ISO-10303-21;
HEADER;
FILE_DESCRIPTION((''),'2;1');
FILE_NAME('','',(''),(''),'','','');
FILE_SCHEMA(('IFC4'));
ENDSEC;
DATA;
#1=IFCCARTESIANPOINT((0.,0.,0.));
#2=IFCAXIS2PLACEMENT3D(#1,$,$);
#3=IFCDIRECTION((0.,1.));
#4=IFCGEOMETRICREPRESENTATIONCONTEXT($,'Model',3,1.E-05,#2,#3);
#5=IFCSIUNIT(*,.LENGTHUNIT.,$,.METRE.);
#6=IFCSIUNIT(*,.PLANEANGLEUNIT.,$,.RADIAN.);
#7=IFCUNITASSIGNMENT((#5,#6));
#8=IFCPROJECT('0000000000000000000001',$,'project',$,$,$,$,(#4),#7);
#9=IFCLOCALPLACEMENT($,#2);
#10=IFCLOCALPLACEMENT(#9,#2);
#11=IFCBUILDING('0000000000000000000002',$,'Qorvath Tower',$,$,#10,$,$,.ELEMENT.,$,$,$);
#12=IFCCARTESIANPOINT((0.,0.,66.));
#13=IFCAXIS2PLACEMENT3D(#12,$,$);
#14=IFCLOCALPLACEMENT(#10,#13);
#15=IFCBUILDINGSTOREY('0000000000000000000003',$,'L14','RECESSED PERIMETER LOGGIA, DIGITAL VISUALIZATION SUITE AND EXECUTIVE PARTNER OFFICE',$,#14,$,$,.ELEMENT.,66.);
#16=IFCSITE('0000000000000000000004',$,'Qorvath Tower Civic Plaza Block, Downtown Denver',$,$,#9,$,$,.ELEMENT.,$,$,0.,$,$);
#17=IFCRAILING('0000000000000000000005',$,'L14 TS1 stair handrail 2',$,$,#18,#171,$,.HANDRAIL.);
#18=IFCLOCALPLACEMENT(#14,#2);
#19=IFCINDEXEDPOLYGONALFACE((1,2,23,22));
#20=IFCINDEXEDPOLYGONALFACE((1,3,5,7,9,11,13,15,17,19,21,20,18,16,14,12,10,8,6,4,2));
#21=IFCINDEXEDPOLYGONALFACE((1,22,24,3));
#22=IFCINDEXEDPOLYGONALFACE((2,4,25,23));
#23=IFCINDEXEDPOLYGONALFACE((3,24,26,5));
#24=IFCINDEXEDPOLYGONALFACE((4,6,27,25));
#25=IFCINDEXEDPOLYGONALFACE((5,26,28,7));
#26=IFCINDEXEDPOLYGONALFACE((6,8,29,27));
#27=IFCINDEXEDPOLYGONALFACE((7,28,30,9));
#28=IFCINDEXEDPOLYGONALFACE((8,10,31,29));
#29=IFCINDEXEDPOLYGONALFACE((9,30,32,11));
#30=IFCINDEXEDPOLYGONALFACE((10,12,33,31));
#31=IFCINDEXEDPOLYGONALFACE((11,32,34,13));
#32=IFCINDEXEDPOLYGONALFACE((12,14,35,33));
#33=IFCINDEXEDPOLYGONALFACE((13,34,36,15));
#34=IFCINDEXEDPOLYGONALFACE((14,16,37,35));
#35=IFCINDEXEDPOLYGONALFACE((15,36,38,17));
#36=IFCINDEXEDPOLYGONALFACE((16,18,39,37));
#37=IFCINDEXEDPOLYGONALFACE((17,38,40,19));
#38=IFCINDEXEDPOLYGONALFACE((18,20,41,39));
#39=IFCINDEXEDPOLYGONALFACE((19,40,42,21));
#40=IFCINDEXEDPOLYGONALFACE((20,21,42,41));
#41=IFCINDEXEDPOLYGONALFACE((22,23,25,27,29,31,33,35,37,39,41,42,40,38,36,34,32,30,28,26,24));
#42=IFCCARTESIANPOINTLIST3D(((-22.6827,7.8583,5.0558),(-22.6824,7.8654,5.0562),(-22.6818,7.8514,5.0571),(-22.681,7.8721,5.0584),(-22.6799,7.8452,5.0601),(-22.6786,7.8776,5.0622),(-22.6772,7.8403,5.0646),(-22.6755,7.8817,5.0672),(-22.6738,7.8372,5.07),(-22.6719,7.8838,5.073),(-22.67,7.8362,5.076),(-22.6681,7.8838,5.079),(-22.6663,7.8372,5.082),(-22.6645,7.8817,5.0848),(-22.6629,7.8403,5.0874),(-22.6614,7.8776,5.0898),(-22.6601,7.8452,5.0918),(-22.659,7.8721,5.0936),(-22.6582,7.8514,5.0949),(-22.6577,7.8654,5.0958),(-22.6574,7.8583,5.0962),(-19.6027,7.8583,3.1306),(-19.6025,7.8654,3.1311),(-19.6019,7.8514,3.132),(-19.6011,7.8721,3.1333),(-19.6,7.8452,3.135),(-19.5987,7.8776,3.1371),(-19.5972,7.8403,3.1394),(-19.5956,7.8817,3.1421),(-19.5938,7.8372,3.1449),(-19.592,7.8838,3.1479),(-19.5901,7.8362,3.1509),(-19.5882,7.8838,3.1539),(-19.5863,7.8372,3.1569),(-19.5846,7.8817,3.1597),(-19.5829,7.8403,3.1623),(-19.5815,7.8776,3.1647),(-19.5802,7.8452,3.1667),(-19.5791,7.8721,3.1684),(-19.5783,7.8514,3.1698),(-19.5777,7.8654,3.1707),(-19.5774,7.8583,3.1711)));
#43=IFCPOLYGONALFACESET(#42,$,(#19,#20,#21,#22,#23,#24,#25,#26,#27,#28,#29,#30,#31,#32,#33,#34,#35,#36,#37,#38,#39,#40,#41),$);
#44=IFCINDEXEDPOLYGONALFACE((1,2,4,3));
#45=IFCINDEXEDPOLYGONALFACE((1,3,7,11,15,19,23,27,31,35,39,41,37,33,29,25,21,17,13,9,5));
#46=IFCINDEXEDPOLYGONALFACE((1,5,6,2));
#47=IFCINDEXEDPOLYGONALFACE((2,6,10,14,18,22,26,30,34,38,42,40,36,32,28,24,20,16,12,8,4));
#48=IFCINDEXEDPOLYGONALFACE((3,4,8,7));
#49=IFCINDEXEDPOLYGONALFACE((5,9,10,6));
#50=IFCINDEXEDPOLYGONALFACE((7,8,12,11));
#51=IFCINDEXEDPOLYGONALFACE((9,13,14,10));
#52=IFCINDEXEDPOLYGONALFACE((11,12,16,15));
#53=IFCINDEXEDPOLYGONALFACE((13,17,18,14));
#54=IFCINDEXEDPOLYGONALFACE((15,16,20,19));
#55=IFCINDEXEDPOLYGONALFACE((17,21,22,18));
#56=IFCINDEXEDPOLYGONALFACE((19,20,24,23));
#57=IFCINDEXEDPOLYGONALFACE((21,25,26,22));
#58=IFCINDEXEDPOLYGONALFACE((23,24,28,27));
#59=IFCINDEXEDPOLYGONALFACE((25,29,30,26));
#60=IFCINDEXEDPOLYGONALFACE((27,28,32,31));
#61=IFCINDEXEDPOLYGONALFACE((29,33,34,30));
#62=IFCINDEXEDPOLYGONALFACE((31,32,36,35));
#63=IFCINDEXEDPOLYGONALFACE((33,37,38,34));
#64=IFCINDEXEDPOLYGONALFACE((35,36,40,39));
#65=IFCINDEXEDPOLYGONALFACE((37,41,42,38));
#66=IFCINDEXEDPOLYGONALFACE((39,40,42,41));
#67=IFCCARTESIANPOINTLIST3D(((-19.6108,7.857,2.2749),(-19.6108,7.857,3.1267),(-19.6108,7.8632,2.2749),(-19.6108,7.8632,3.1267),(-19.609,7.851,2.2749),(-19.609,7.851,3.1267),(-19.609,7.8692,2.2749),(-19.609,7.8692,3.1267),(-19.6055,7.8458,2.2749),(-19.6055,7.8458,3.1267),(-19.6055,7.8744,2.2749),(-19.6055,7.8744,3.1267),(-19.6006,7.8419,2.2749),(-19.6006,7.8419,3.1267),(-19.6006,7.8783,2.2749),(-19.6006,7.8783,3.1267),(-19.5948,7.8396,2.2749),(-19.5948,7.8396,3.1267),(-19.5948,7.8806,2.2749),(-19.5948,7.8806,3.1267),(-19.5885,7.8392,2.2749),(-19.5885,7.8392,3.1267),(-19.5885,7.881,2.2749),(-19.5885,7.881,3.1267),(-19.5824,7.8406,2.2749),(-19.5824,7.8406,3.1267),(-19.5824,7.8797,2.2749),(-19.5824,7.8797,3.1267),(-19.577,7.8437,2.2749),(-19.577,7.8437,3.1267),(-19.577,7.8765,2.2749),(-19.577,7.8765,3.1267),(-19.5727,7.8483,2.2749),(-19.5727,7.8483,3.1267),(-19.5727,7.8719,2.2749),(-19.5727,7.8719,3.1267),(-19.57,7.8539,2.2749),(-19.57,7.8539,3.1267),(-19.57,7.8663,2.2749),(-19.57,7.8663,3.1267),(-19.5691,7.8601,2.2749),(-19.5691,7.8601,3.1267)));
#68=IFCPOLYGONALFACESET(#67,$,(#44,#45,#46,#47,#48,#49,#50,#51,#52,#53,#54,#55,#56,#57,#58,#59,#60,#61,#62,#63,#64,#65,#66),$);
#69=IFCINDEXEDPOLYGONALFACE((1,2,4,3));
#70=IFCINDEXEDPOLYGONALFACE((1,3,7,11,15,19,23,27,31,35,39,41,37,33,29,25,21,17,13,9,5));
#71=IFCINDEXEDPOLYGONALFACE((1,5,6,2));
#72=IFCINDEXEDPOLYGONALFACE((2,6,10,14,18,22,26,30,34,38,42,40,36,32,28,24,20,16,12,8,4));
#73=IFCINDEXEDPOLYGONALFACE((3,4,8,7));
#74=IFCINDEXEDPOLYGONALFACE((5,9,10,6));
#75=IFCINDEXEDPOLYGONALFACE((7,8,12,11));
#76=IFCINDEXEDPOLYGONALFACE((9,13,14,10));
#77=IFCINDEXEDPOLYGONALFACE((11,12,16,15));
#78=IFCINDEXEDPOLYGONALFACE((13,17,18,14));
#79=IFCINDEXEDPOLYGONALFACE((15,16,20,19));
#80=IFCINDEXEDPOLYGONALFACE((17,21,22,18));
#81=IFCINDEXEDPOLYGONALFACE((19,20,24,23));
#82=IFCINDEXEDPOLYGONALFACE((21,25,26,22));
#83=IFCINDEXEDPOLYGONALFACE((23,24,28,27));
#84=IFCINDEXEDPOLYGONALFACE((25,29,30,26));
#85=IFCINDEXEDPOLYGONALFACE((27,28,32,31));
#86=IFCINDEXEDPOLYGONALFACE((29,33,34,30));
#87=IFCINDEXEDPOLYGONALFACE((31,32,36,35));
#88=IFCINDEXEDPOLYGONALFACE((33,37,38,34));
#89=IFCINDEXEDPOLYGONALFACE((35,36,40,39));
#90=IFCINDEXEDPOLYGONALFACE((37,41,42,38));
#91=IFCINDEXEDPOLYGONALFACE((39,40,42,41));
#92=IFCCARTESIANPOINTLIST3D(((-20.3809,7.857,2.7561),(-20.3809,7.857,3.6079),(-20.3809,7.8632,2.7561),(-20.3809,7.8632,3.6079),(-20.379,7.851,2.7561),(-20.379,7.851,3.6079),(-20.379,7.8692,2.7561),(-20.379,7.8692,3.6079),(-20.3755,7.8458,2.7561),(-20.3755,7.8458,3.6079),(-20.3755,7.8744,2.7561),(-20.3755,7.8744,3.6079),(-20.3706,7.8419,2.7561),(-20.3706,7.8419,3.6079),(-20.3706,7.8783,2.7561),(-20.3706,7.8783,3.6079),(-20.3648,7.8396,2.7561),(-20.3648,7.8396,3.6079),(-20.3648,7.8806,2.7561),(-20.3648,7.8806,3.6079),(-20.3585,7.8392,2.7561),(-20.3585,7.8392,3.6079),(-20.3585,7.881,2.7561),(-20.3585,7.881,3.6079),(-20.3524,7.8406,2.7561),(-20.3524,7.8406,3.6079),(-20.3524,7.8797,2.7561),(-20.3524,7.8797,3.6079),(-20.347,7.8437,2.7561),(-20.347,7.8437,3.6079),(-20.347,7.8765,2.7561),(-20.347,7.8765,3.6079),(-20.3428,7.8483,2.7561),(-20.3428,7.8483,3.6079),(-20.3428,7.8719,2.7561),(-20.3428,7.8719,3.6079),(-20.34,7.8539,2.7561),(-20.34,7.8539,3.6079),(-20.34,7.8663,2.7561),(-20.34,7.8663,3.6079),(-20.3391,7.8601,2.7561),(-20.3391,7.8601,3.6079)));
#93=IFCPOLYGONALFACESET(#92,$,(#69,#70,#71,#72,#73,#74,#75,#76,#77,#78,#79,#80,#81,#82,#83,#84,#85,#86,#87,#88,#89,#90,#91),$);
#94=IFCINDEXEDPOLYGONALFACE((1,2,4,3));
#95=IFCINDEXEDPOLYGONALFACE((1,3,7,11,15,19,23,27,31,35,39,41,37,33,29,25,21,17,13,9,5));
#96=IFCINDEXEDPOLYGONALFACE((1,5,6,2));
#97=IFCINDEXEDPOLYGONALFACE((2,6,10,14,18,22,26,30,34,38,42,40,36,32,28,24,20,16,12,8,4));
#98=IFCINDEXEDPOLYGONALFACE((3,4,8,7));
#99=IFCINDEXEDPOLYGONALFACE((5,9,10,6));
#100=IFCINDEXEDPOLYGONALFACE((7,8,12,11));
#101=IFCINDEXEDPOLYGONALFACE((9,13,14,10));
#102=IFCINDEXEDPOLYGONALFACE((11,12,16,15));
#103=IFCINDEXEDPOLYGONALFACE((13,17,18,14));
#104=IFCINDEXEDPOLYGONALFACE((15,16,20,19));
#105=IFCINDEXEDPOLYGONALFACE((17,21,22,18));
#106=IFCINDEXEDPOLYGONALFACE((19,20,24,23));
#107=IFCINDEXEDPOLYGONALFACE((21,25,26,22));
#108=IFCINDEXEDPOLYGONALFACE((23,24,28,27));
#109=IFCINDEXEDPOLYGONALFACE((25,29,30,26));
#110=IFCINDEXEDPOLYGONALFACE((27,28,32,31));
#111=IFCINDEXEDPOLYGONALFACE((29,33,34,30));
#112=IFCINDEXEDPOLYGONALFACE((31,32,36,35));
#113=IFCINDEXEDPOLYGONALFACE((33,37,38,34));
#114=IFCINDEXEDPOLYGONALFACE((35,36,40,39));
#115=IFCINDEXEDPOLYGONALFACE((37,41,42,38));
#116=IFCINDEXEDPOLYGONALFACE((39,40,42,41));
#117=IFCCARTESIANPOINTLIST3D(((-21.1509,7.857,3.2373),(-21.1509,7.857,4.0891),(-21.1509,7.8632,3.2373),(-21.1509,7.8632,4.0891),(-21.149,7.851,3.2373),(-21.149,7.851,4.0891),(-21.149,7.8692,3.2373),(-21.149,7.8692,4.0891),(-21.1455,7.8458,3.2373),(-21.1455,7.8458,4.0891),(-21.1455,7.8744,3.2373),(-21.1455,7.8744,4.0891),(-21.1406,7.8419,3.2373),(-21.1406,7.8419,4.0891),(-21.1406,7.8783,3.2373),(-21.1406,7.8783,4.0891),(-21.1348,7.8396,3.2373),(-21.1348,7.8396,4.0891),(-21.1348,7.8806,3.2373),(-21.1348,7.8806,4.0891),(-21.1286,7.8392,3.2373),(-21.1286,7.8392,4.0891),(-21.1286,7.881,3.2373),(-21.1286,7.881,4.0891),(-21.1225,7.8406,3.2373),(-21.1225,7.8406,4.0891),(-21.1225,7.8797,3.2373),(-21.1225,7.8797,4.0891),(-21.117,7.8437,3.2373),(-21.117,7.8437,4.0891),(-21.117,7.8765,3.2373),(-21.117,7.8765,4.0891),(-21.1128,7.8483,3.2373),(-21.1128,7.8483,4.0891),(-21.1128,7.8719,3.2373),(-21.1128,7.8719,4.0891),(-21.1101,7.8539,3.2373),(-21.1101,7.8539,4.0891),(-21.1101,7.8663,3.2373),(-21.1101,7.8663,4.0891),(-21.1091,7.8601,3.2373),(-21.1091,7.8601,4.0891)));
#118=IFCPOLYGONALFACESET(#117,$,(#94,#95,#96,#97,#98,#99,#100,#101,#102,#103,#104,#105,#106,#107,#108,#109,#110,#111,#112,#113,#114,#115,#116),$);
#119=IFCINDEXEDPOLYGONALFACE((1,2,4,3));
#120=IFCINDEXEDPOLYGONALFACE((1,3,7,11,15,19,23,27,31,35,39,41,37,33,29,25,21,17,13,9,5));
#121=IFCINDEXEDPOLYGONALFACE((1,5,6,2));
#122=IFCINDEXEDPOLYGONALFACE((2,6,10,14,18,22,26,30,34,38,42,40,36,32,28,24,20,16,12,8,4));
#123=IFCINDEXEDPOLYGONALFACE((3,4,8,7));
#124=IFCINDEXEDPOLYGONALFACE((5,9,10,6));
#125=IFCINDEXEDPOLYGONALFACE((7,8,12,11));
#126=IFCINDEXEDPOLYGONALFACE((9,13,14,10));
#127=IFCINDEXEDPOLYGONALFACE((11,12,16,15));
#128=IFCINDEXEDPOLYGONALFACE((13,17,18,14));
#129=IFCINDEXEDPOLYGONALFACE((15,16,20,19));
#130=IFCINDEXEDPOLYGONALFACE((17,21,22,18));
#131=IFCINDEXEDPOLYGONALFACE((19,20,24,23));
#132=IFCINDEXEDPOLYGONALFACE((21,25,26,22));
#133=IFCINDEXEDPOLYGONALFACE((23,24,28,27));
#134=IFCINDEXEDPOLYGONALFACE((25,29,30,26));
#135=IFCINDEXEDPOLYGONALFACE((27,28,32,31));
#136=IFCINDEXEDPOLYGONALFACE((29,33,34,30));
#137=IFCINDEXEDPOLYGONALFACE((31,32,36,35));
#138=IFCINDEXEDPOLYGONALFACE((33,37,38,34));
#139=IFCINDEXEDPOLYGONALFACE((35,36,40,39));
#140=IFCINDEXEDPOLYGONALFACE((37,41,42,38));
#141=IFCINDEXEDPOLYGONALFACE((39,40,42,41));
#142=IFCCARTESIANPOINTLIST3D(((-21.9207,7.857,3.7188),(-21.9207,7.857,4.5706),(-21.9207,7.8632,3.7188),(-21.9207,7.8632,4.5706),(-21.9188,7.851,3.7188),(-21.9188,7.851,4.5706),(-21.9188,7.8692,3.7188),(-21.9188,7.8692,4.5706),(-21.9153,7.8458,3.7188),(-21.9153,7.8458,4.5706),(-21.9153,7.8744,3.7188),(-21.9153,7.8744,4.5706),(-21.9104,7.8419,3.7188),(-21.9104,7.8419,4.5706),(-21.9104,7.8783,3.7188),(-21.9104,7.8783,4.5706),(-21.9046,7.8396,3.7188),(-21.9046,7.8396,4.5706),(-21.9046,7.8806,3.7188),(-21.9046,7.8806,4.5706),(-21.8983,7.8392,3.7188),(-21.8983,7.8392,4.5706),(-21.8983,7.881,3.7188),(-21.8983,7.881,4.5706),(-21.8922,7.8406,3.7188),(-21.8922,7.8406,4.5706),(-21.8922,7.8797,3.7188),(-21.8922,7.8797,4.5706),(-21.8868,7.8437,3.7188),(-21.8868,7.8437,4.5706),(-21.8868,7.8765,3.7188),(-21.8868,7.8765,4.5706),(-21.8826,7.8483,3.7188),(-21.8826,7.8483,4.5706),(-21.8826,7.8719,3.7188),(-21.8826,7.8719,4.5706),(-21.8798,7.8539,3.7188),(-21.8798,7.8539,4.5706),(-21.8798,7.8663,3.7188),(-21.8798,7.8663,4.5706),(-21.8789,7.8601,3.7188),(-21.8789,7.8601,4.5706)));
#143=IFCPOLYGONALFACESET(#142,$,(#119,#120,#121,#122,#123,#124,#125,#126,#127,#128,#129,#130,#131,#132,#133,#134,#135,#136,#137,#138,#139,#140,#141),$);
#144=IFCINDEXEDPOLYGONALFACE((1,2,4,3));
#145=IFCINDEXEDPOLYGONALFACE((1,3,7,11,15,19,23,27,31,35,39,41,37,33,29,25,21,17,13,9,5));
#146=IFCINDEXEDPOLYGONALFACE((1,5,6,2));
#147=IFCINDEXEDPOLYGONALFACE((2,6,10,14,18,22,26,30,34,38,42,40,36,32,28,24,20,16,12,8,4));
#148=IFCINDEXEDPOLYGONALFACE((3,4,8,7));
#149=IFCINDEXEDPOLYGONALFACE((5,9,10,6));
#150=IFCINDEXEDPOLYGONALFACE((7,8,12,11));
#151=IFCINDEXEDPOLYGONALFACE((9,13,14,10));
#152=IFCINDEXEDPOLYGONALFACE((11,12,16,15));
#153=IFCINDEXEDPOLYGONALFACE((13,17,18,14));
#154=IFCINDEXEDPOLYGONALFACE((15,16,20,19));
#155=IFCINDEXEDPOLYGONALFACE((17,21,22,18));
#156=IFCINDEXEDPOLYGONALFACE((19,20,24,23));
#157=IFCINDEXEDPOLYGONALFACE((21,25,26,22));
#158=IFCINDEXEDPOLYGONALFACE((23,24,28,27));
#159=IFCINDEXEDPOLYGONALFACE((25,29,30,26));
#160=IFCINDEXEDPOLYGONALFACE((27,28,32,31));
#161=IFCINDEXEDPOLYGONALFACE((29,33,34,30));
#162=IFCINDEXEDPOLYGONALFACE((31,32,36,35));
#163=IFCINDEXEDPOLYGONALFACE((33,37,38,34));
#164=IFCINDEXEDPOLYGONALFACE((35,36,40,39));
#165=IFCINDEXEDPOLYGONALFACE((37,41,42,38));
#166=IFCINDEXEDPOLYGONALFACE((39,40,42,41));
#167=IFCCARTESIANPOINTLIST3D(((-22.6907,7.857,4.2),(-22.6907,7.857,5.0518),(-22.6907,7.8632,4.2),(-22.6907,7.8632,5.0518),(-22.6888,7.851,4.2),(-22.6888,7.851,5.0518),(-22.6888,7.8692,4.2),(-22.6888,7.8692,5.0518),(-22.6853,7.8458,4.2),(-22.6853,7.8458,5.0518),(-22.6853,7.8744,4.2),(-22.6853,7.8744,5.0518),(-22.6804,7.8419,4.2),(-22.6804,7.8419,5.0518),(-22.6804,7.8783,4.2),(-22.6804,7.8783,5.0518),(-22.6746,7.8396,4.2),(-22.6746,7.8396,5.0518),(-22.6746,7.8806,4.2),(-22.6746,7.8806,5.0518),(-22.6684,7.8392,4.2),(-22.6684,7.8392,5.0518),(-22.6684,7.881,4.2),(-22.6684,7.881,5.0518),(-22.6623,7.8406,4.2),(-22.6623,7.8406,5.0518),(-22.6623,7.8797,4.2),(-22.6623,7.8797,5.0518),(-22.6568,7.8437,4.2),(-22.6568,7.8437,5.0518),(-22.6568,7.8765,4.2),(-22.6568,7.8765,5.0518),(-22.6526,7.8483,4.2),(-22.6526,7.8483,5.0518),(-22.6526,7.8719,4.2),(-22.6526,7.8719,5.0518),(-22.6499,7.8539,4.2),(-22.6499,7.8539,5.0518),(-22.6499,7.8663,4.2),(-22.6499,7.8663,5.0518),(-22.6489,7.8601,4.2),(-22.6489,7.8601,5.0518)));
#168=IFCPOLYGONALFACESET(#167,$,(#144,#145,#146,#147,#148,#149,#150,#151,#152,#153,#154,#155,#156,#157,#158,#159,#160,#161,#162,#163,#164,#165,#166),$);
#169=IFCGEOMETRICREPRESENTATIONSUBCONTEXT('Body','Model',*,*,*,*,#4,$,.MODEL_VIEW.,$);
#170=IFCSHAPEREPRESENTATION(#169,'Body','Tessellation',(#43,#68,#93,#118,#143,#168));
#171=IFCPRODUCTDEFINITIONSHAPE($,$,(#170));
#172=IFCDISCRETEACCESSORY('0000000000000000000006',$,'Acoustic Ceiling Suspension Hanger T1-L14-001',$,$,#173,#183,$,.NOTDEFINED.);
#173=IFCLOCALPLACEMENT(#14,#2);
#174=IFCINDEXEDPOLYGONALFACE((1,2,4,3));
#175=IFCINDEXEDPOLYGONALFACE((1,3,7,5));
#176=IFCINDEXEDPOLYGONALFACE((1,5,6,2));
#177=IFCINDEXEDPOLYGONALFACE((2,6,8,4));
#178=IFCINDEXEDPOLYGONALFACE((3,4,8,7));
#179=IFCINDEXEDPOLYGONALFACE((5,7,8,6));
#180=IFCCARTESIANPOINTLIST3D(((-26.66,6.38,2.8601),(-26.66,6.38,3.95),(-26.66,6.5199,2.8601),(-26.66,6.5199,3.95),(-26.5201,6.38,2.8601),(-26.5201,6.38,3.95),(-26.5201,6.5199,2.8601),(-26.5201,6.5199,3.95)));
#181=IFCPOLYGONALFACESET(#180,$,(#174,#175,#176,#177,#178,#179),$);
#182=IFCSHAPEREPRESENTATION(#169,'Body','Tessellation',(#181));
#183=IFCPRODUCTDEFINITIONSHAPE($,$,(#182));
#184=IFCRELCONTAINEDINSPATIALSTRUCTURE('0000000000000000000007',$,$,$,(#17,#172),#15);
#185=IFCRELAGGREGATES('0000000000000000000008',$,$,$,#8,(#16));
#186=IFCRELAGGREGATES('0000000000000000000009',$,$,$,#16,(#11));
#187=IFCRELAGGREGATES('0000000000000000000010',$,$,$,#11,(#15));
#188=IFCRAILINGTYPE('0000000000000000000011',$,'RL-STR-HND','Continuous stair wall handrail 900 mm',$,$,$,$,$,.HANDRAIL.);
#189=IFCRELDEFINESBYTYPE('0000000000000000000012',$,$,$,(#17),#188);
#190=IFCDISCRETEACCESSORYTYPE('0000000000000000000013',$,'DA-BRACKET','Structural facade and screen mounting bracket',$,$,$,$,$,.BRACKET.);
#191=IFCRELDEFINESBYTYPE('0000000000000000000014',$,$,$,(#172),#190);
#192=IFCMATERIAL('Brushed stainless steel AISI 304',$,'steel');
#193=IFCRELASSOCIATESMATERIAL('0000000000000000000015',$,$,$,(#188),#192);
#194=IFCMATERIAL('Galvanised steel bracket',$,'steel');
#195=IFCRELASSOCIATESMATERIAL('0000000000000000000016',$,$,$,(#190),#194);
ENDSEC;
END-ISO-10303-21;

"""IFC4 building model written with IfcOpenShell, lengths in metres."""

from ifc_helpers import new_model, si_unit, direction, frame, origin, origin_2d, place, context, subcontext, project, spatial, rectangle, circle, extrude, material, type_object, element, save


model = new_model("IFC4")

# Units and contexts
model_context = context("Model", 3, precision=1e-05, world=origin(), true_north=direction((0.0, 1.0)))
body_context = subcontext(model_context, "Body", "Model", "MODEL_VIEW")
ifc_project = project(units=[si_unit("LENGTHUNIT", "METRE"), si_unit("PLANEANGLEUNIT", "RADIAN")], contexts=[model_context])

# Site, building, storey
site_placement = place(None, origin())
site = spatial("IfcSite", under=ifc_project, at=site_placement, Name="Qorvath Tower Civic Plaza Block, Downtown Denver", CompositionType="ELEMENT", RefElevation=0.0)
building_placement = place(site_placement, origin())
building = spatial("IfcBuilding", under=site, at=building_placement, Name="Qorvath Tower", CompositionType="ELEMENT")
storey_placement = place(building_placement, frame((0.0, 0.0, 66.0)))
storey = spatial("IfcBuildingStorey", under=building, at=storey_placement, Name="L14", Description="RECESSED PERIMETER LOGGIA, DIGITAL VISUALIZATION SUITE AND EXECUTIVE PARTNER OFFICE", CompositionType="ELEMENT", Elevation=66.0)

# Railing
ifc_material_1 = material(Name="Brushed stainless steel AISI 304", Category="steel")
railing_type_1 = type_object("IfcRailingType", Name="RL-STR-HND", Description="Continuous stair wall handrail 900 mm", PredefinedType="HANDRAIL", material=ifc_material_1)
railing_1_placement = place(storey_placement, frame((-19.5901, 7.8601, 2.2749)))
element("IfcRailing", 1, at=railing_1_placement, inside=storey, type_object=railing_type_1, Name="L14 TS1 stair handrail 2", PredefinedType="HANDRAIL", context=body_context, shape_type="SweptSolid", body=[
    extrude(circle(Radius=0.0239, at=origin_2d()), frame((0.0, 0.0, 0.876), z_axis=(-0.847979, 0.0, 0.530029), x_axis=(0.0, -1.0, 0.0)), (0.0, 0.0, 1.0), 3.6321),
    extrude(circle(Radius=0.021, at=origin_2d()), origin(), (0.0, 0.0, 1.0), 0.8518),
    extrude(circle(Radius=0.021, at=origin_2d()), frame((-0.77, 0.0, 0.4812)), (0.0, 0.0, 1.0), 0.8518),
    extrude(circle(Radius=0.021, at=origin_2d()), frame((-1.54, 0.0, 0.9624)), (0.0, 0.0, 1.0), 0.8518),
    extrude(circle(Radius=0.021, at=origin_2d()), frame((-2.3098, 0.0, 1.4438)), (0.0, 0.0, 1.0), 0.8518),
    extrude(circle(Radius=0.021, at=origin_2d()), frame((-3.0798, 0.0, 1.925)), (0.0, 0.0, 1.0), 0.8518),
])

# Discrete accessory
ifc_material_2 = material(Name="Galvanised steel bracket", Category="steel")
discrete_accessory_type = type_object("IfcDiscreteAccessoryType", Name="DA-BRACKET", Description="Structural facade and screen mounting bracket", PredefinedType="BRACKET", material=ifc_material_2)
discrete_accessory_placement = place(storey_placement, frame((-26.5901, 6.45, 2.8601), z_axis=(0.0, 0.0, 1.0), x_axis=(1.0, 0.0, 0.0)))
element("IfcDiscreteAccessory", 2, at=discrete_accessory_placement, inside=storey, type_object=discrete_accessory_type, Name="Acoustic Ceiling Suspension Hanger T1-L14-001", PredefinedType="NOTDEFINED", context=body_context, shape_type="SweptSolid", body=[
    extrude(rectangle(XDim=0.1399, YDim=0.1399, at=origin_2d()), origin(), (0.0, 0.0, 1.0), 1.0898),
])

save(model, "model.ifc")
